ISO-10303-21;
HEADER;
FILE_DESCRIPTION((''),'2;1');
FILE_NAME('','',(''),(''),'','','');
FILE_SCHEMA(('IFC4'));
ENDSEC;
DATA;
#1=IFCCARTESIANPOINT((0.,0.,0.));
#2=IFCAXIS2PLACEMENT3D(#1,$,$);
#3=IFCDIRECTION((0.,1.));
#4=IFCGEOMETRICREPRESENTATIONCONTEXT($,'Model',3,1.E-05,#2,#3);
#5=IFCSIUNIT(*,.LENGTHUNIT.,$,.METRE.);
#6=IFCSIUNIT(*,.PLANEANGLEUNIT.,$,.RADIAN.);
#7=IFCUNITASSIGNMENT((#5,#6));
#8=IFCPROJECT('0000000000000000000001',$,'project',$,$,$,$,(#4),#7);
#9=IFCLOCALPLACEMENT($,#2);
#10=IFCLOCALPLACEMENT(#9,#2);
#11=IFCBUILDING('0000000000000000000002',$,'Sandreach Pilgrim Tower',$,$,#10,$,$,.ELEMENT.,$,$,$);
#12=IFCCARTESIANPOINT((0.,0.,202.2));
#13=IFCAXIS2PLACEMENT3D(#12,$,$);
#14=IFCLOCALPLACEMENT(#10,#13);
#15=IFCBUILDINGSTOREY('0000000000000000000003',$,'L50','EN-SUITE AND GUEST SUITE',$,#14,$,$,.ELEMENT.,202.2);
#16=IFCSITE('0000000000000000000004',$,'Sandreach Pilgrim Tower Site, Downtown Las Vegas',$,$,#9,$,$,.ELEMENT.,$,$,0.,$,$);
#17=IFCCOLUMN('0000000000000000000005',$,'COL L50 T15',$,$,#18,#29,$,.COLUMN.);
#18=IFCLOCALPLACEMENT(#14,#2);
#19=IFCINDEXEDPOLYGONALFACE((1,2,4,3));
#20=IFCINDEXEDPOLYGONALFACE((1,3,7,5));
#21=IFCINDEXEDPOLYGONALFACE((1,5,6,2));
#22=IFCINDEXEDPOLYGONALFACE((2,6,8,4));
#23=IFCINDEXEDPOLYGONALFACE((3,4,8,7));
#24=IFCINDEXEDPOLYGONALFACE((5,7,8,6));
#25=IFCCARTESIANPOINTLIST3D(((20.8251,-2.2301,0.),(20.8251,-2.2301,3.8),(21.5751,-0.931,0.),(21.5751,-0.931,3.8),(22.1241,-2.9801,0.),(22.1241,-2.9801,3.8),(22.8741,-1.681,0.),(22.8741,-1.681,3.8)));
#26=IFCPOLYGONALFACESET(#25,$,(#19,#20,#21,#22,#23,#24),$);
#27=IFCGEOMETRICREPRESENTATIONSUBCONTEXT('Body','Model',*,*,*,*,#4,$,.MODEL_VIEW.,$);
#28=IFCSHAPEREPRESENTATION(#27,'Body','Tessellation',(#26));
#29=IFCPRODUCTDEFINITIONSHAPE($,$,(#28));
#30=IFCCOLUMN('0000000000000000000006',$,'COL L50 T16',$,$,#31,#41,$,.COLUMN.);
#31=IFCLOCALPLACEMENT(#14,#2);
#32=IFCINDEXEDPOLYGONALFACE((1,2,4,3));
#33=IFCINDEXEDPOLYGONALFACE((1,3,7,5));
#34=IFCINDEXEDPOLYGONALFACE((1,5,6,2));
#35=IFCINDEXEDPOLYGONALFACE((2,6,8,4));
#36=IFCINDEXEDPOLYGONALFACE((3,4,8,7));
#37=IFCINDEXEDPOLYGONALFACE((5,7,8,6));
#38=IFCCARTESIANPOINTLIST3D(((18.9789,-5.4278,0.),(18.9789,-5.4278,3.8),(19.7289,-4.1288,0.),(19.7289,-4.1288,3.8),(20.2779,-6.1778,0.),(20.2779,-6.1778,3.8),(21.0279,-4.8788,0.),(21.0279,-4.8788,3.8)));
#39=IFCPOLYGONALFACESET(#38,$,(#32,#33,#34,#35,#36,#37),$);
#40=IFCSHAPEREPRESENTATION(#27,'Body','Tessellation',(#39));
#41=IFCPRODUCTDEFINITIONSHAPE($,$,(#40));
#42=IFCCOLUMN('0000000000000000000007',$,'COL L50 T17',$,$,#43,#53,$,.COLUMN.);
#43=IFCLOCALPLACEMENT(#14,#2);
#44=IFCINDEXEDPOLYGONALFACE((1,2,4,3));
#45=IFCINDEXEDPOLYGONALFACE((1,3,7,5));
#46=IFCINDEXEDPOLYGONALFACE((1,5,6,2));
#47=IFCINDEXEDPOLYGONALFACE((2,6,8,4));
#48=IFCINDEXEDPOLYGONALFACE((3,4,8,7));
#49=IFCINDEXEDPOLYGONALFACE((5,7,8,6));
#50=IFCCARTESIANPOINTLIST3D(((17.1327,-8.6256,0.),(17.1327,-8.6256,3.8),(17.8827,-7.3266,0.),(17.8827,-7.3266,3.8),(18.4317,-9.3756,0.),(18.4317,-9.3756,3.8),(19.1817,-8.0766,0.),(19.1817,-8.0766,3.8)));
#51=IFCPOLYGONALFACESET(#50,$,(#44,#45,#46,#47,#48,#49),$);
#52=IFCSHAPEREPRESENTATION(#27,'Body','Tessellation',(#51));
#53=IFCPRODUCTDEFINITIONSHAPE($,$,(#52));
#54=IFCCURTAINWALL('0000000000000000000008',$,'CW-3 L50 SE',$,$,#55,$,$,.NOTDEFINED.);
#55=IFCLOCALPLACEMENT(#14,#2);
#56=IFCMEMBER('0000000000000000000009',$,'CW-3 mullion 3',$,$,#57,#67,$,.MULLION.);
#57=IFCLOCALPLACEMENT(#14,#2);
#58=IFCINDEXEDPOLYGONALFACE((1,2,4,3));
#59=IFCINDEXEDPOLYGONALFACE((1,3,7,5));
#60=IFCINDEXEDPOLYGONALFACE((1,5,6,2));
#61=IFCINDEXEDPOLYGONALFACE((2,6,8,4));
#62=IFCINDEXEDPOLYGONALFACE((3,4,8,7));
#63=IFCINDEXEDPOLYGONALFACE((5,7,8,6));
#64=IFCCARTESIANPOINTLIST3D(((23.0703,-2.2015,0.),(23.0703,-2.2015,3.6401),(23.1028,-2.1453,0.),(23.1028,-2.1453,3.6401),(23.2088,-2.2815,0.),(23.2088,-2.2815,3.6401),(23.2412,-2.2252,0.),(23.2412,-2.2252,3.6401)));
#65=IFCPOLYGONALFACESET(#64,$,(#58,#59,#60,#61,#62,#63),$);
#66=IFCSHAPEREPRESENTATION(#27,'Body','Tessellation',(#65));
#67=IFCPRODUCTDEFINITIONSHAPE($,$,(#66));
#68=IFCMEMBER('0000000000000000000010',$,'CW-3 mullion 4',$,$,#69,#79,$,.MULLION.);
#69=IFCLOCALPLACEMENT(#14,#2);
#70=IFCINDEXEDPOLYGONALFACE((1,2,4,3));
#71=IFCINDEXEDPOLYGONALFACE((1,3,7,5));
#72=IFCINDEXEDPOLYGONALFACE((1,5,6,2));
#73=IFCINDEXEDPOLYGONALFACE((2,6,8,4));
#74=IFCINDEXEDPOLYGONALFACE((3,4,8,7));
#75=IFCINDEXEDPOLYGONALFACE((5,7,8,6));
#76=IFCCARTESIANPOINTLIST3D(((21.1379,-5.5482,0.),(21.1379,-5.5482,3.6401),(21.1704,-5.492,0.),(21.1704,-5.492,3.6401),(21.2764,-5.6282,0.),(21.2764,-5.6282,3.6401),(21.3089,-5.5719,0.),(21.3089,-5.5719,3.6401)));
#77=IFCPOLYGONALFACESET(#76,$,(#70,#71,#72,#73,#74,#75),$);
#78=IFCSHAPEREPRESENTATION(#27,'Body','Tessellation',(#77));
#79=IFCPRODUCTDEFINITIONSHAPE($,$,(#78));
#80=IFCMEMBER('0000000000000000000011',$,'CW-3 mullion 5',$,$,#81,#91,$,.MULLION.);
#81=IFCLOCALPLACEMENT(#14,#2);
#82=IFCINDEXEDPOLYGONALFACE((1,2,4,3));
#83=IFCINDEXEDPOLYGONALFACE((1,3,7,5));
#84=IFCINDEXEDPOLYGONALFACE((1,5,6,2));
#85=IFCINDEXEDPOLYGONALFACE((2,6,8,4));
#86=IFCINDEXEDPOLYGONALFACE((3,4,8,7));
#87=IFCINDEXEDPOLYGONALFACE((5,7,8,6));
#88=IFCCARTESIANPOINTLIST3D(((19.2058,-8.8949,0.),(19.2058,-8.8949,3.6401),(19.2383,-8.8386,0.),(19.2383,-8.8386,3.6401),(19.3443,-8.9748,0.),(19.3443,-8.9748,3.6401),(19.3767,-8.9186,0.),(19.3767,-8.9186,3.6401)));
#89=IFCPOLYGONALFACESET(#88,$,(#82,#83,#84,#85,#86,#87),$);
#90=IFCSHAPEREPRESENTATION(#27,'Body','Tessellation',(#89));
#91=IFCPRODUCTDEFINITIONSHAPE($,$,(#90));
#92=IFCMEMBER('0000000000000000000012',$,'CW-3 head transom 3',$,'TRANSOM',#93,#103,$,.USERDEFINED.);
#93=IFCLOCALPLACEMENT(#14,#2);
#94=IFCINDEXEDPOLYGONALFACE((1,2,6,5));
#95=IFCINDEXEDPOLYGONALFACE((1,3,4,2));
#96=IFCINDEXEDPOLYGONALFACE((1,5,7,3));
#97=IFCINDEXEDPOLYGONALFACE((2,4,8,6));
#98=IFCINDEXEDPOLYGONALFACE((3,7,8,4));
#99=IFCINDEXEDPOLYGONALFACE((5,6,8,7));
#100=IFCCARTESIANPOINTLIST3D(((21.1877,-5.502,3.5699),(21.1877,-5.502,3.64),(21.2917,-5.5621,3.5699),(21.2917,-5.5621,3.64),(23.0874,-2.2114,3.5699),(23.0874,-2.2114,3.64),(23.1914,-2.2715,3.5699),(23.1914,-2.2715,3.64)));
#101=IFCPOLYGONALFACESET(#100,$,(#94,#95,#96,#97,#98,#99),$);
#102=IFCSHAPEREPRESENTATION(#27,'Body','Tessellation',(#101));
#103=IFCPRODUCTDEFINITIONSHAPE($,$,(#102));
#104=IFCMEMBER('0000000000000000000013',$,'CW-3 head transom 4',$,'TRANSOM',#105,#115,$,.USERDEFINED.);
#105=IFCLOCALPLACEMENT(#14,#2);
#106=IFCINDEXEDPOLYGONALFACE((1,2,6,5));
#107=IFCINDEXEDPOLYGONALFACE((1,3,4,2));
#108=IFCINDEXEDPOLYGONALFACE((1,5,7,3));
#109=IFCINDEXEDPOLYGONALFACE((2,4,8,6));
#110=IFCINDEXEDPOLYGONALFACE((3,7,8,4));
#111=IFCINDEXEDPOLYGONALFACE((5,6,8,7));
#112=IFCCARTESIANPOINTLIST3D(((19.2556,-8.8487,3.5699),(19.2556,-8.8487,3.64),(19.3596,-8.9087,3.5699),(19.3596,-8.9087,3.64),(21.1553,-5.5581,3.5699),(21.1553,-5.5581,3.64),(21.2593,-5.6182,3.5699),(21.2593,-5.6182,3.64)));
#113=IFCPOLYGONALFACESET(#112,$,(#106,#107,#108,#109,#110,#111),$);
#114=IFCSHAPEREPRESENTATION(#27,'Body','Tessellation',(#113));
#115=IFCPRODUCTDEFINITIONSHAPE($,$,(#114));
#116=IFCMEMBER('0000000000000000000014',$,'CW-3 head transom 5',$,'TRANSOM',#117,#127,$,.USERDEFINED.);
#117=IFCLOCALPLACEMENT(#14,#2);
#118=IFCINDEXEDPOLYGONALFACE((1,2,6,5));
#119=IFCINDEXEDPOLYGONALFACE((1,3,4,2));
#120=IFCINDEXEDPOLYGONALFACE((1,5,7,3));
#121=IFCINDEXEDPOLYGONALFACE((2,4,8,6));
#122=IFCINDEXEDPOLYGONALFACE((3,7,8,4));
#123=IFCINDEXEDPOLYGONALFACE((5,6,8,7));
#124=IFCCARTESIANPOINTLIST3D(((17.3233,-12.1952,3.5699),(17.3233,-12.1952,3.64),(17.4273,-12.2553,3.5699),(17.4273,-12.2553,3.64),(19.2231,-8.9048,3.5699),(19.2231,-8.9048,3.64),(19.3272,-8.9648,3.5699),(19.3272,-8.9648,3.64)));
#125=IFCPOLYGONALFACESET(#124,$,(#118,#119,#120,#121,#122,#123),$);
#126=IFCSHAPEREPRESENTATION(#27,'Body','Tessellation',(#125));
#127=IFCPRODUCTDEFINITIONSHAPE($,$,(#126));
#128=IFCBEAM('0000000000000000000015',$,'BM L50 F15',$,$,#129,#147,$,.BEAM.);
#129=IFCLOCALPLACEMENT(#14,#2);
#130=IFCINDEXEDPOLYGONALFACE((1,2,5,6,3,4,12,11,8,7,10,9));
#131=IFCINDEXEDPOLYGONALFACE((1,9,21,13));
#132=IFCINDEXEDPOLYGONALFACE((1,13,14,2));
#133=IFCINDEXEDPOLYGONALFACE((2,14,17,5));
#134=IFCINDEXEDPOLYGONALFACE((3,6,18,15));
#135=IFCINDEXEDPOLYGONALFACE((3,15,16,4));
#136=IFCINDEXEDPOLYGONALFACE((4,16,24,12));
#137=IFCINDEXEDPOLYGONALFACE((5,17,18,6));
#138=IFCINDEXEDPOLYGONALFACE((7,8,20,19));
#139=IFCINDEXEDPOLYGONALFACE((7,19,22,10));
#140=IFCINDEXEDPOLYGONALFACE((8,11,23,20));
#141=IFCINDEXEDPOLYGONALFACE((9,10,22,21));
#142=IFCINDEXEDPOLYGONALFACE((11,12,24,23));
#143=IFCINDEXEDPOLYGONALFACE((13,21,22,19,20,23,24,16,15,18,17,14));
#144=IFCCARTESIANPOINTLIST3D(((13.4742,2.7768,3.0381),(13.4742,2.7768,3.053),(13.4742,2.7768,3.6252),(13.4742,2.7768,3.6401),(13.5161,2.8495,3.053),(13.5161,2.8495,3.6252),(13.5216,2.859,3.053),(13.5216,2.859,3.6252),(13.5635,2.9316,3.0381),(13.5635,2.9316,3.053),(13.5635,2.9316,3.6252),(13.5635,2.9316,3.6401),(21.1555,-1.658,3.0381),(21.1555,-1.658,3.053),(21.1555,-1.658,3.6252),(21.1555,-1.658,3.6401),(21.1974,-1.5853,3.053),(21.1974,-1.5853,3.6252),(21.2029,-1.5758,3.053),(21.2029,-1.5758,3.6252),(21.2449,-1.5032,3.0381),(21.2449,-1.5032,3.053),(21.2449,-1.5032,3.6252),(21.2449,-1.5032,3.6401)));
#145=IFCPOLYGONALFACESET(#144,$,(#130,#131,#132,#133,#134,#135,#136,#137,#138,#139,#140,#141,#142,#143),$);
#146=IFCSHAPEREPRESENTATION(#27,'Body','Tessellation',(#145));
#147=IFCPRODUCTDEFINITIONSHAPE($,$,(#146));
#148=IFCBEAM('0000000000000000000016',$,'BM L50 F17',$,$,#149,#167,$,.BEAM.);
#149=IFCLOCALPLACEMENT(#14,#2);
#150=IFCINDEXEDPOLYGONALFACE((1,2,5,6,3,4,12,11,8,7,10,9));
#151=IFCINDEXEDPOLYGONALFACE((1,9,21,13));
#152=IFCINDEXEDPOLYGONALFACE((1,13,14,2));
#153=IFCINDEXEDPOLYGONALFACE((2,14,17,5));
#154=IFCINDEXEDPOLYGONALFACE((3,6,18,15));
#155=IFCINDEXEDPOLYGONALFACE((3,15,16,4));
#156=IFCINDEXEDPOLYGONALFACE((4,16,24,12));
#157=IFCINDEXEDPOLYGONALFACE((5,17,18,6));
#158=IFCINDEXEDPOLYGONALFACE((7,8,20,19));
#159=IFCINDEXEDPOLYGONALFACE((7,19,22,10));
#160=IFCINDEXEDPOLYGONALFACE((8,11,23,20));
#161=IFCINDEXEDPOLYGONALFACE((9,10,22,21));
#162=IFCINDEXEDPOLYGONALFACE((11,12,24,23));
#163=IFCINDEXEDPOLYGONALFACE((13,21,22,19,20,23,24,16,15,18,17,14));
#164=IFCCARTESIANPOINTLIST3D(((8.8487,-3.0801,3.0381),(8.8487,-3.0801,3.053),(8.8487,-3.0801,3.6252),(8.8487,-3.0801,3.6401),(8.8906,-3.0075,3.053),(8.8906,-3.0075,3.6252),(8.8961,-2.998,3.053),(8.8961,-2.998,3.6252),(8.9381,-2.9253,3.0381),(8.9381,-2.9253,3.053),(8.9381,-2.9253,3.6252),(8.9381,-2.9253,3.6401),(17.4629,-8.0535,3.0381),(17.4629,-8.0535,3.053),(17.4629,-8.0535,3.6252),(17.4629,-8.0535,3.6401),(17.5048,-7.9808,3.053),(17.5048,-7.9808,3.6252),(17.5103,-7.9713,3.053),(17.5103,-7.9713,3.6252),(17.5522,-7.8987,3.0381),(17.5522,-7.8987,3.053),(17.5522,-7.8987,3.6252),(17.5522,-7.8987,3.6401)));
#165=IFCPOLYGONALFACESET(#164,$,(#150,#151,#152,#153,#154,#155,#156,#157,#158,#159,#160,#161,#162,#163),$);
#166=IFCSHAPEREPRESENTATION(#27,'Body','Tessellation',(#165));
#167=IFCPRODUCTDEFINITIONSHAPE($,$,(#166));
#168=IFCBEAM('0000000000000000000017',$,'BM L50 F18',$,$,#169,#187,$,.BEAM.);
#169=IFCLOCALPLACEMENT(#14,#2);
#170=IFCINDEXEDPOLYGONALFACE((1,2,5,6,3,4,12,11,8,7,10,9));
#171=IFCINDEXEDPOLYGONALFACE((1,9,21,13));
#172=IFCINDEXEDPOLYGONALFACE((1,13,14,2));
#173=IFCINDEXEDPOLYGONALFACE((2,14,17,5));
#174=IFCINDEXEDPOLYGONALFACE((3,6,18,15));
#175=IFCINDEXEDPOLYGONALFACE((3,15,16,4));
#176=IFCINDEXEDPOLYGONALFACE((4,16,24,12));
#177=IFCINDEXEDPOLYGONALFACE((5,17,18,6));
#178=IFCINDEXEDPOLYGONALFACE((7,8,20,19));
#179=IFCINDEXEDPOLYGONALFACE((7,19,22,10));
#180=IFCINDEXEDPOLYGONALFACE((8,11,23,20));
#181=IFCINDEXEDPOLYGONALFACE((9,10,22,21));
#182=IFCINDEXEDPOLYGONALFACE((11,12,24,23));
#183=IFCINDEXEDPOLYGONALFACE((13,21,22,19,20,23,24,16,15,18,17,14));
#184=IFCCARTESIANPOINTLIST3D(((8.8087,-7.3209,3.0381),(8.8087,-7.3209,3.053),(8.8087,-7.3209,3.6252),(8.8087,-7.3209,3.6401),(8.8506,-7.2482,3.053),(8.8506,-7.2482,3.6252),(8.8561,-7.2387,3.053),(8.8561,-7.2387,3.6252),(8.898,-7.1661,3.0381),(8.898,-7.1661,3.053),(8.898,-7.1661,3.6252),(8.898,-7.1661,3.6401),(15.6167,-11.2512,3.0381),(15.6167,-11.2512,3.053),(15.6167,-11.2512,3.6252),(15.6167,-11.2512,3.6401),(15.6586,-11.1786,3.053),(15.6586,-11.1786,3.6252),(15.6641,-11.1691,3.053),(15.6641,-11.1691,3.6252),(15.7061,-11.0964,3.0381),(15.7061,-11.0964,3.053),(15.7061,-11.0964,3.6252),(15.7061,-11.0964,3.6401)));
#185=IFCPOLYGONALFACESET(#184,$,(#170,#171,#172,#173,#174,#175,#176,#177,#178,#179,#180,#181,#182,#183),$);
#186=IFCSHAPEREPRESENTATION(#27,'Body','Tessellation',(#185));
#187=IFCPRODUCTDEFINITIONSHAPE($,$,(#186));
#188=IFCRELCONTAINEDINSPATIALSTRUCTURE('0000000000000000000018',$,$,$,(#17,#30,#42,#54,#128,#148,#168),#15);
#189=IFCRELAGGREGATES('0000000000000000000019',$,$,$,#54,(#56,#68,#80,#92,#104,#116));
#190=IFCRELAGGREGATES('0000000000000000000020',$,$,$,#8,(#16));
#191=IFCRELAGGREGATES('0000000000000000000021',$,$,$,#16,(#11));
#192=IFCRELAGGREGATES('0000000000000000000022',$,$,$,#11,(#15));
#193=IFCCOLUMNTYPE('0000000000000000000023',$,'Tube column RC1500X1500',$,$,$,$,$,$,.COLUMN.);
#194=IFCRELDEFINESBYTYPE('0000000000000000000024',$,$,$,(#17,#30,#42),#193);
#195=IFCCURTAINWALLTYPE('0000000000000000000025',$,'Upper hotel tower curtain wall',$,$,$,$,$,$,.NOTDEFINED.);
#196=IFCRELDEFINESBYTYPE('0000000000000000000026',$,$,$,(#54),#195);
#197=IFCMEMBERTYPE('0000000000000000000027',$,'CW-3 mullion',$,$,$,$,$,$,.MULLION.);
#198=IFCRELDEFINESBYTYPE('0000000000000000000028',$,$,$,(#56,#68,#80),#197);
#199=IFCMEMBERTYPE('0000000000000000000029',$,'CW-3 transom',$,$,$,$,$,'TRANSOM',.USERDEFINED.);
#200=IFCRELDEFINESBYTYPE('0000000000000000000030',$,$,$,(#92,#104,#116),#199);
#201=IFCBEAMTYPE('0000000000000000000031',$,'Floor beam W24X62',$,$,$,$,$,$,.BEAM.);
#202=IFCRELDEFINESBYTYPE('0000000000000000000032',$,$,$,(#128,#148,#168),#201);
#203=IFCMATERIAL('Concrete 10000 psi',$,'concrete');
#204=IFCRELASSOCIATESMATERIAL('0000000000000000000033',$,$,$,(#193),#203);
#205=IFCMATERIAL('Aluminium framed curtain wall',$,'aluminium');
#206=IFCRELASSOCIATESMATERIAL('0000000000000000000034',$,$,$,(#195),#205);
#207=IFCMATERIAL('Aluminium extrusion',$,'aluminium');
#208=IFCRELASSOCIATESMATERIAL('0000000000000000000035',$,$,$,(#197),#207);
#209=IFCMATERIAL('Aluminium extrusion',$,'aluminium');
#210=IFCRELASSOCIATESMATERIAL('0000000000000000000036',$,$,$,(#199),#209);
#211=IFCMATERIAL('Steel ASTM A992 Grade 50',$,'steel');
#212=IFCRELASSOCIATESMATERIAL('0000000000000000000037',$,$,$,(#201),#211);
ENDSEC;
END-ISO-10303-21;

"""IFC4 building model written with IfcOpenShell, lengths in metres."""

from ifc_helpers import new_model, si_unit, direction, frame, origin, origin_2d, place, context, subcontext, project, spatial, rectangle, i_section, extrude, material, material_profile, profile_set, type_object, element, aggregate, save


model = new_model("IFC4")

# Units and contexts
model_context = context("Model", 3, precision=1e-05, world=origin(), true_north=direction((0.0, 1.0)))
body_context = subcontext(model_context, "Body", "Model", "MODEL_VIEW")
ifc_project = project(units=[si_unit("LENGTHUNIT", "METRE"), si_unit("PLANEANGLEUNIT", "RADIAN")], contexts=[model_context])

# Site, building, storey
site_placement = place(None, origin())
site = spatial("IfcSite", under=ifc_project, at=site_placement, Name="Sandreach Pilgrim Tower Site, Downtown Las Vegas", CompositionType="ELEMENT", RefElevation=0.0)
building_placement = place(site_placement, origin())
building = spatial("IfcBuilding", under=site, at=building_placement, Name="Sandreach Pilgrim Tower", CompositionType="ELEMENT")
storey_placement = place(building_placement, frame((0.0, 0.0, 202.2)))
storey = spatial("IfcBuildingStorey", under=building, at=storey_placement, Name="L50", Description="EN-SUITE AND GUEST SUITE", CompositionType="ELEMENT", Elevation=202.2)

# Columns
ifc_material_1 = material(Name="Concrete 10000 psi", Category="concrete")
ifc_material_profile_1 = material_profile(ifc_material_1, rectangle(XDim=1.5, YDim=1.5, at=origin_2d()), Name="RC1500X1500")
ifc_profile_set_1 = profile_set([ifc_material_profile_1], Name="Concrete 10000 psi")
column_type = type_object("IfcColumnType", Name="Tube column RC1500X1500", PredefinedType="COLUMN", material=ifc_profile_set_1)
for number, where, z_axis, x_axis, name in (
    (1, (21.8496, -1.9556, 0.0), (0.0, 0.0, 1.0), (0.866025, -0.5, 0.0), "COL L50 T15"),
    (2, (20.0034, -5.1533, 0.0), (0.0, 0.0, 1.0), (0.866025, -0.5, 0.0), "COL L50 T16"),
    (3, (18.1572, -8.3511, 0.0), (0.0, 0.0, 1.0), (0.866025, -0.5, 0.0), "COL L50 T17"),
):
    element("IfcColumn", number, at=place(storey_placement, frame(where, z_axis=z_axis, x_axis=x_axis)), inside=storey, type_object=column_type, Name=name, PredefinedType="COLUMN", context=body_context, shape_type="SweptSolid", body=[
        extrude(rectangle(XDim=1.5, YDim=1.5, at=origin_2d()), origin(), (0.0, 0.0, 1.0), 3.8),
    ])

# Curtain wall, members
ifc_material_2 = material(Name="Aluminium framed curtain wall", Category="aluminium")
curtain_wall_type = type_object("IfcCurtainWallType", Name="Upper hotel tower curtain wall", PredefinedType="NOTDEFINED", material=ifc_material_2)
curtain_wall_placement = place(storey_placement, origin())
curtain_wall = element("IfcCurtainWall", 4, at=curtain_wall_placement, inside=storey, type_object=curtain_wall_type, Name="CW-3 L50 SE", PredefinedType="NOTDEFINED")
ifc_material_3 = material(Name="Aluminium extrusion", Category="aluminium")
ifc_material_profile_2 = material_profile(ifc_material_3, rectangle(XDim=0.0649, YDim=0.1599, at=origin_2d()), Name="CW-3M 65X160")
ifc_profile_set_2 = profile_set([ifc_material_profile_2], Name="Aluminium extrusion")
member_type_1 = type_object("IfcMemberType", Name="CW-3 mullion", PredefinedType="MULLION", material=ifc_profile_set_2)
member_1_placement = place(storey_placement, frame((23.1558, -2.2134, 0.0), z_axis=(0.0, 0.0, 1.0), x_axis=(-0.5, -0.866025, 0.0)))
member_1 = element("IfcMember", 5, at=member_1_placement, type_object=member_type_1, Name="CW-3 mullion 3", PredefinedType="MULLION", context=body_context, shape_type="SweptSolid", body=[
    extrude(rectangle(XDim=0.0649, YDim=0.1599, at=origin_2d()), origin(), (0.0, 0.0, 1.0), 3.6401),
])
member_2_placement = place(storey_placement, frame((21.2234, -5.5601, 0.0), z_axis=(0.0, 0.0, 1.0), x_axis=(-0.5, -0.866025, 0.0)))
member_2 = element("IfcMember", 6, at=member_2_placement, type_object=member_type_1, Name="CW-3 mullion 4", PredefinedType="MULLION", context=body_context, shape_type="SweptSolid", body=[
    extrude(rectangle(XDim=0.0649, YDim=0.1599, at=origin_2d()), origin(), (0.0, 0.0, 1.0), 3.6401),
])
member_3_placement = place(storey_placement, frame((19.2913, -8.9067, 0.0), z_axis=(0.0, 0.0, 1.0), x_axis=(-0.5, -0.866025, 0.0)))
member_3 = element("IfcMember", 7, at=member_3_placement, type_object=member_type_1, Name="CW-3 mullion 5", PredefinedType="MULLION", context=body_context, shape_type="SweptSolid", body=[
    extrude(rectangle(XDim=0.0649, YDim=0.1599, at=origin_2d()), origin(), (0.0, 0.0, 1.0), 3.6401),
])
ifc_material_4 = material(Name="Aluminium extrusion", Category="aluminium")
ifc_material_profile_3 = material_profile(ifc_material_4, rectangle(XDim=0.1201, YDim=0.0701, at=origin_2d()), Name="CW-3T 120X70")
ifc_profile_set_3 = profile_set([ifc_material_profile_3], Name="Aluminium extrusion")
member_type_2 = type_object("IfcMemberType", Name="CW-3 transom", ElementType="TRANSOM", PredefinedType="USERDEFINED", material=ifc_profile_set_3)
member_4_placement = place(storey_placement, frame((23.1394, -2.2415, 3.605), z_axis=(-0.499975, -0.86604, 0.0), x_axis=(0.86604, -0.499975, 0.0)))
member_4 = element("IfcMember", 8, at=member_4_placement, type_object=member_type_2, Name="CW-3 head transom 3", ObjectType="TRANSOM", PredefinedType="USERDEFINED", context=body_context, shape_type="SweptSolid", body=[
    extrude(rectangle(XDim=0.1201, YDim=0.0701, at=origin_2d()), origin(), (0.0, 0.0, 1.0), 3.7996),
])
member_5_placement = place(storey_placement, frame((21.2073, -5.5881, 3.605), z_axis=(-0.499975, -0.86604, 0.0), x_axis=(0.86604, -0.499975, 0.0)))
member_5 = element("IfcMember", 9, at=member_5_placement, type_object=member_type_2, Name="CW-3 head transom 4", ObjectType="TRANSOM", PredefinedType="USERDEFINED", context=body_context, shape_type="SweptSolid", body=[
    extrude(rectangle(XDim=0.1201, YDim=0.0701, at=origin_2d()), origin(), (0.0, 0.0, 1.0), 3.7996),
])
member_6_placement = place(storey_placement, frame((19.2751, -8.9348, 3.605), z_axis=(-0.500023, -0.866012, 0.0), x_axis=(0.866012, -0.500023, 0.0)))
member_6 = element("IfcMember", 10, at=member_6_placement, type_object=member_type_2, Name="CW-3 head transom 5", ObjectType="TRANSOM", PredefinedType="USERDEFINED", context=body_context, shape_type="SweptSolid", body=[
    extrude(rectangle(XDim=0.1201, YDim=0.0701, at=origin_2d()), origin(), (0.0, 0.0, 1.0), 3.7996),
])

# Beams
ifc_material_5 = material(Name="Steel ASTM A992 Grade 50", Category="steel")
ifc_material_profile_4 = material_profile(ifc_material_5, i_section(OverallWidth=0.1787, OverallDepth=0.6021, WebThickness=0.011, FlangeThickness=0.0149, at=origin_2d()), Name="W24X62")
ifc_profile_set_4 = profile_set([ifc_material_profile_4], Name="Steel ASTM A992 Grade 50")
beam_type_1 = type_object("IfcBeamType", Name="Floor beam W24X62", PredefinedType="BEAM", material=ifc_profile_set_4)
beam_1_placement = place(storey_placement, frame((21.2002, -1.5806, 3.3391), z_axis=(-0.866027, 0.499996, 0.0), x_axis=(-0.499996, -0.866027, 0.0)))
element("IfcBeam", 11, at=beam_1_placement, inside=storey, type_object=beam_type_1, Name="BM L50 F15", PredefinedType="BEAM", context=body_context, shape_type="SweptSolid", body=[
    extrude(i_section(OverallWidth=0.1787, OverallDepth=0.6021, WebThickness=0.011, FlangeThickness=0.0149, at=origin_2d()), origin(), (0.0, 0.0, 1.0), 8.8696),
])
beam_2_placement = place(storey_placement, frame((17.5076, -7.9761, 3.3391), z_axis=(-0.866028, 0.499996, 0.0), x_axis=(-0.499996, -0.866028, 0.0)))
element("IfcBeam", 12, at=beam_2_placement, inside=storey, type_object=beam_type_1, Name="BM L50 F17", PredefinedType="BEAM", context=body_context, shape_type="SweptSolid", body=[
    extrude(i_section(OverallWidth=0.1787, OverallDepth=0.6021, WebThickness=0.011, FlangeThickness=0.0149, at=origin_2d()), origin(), (0.0, 0.0, 1.0), 9.9468),
])
beam_3_placement = place(storey_placement, frame((15.6614, -11.1738, 3.3391), z_axis=(-0.866039, 0.499977, 0.0), x_axis=(-0.499977, -0.866039, 0.0)))
element("IfcBeam", 13, at=beam_3_placement, inside=storey, type_object=beam_type_1, Name="BM L50 F18", PredefinedType="BEAM", context=body_context, shape_type="SweptSolid", body=[
    extrude(i_section(OverallWidth=0.1787, OverallDepth=0.6021, WebThickness=0.011, FlangeThickness=0.0149, at=origin_2d()), origin(), (0.0, 0.0, 1.0), 7.8611),
])

aggregate(curtain_wall, [member_1, member_2, member_3, member_4, member_5, member_6])

save(model, "model.ifc")
